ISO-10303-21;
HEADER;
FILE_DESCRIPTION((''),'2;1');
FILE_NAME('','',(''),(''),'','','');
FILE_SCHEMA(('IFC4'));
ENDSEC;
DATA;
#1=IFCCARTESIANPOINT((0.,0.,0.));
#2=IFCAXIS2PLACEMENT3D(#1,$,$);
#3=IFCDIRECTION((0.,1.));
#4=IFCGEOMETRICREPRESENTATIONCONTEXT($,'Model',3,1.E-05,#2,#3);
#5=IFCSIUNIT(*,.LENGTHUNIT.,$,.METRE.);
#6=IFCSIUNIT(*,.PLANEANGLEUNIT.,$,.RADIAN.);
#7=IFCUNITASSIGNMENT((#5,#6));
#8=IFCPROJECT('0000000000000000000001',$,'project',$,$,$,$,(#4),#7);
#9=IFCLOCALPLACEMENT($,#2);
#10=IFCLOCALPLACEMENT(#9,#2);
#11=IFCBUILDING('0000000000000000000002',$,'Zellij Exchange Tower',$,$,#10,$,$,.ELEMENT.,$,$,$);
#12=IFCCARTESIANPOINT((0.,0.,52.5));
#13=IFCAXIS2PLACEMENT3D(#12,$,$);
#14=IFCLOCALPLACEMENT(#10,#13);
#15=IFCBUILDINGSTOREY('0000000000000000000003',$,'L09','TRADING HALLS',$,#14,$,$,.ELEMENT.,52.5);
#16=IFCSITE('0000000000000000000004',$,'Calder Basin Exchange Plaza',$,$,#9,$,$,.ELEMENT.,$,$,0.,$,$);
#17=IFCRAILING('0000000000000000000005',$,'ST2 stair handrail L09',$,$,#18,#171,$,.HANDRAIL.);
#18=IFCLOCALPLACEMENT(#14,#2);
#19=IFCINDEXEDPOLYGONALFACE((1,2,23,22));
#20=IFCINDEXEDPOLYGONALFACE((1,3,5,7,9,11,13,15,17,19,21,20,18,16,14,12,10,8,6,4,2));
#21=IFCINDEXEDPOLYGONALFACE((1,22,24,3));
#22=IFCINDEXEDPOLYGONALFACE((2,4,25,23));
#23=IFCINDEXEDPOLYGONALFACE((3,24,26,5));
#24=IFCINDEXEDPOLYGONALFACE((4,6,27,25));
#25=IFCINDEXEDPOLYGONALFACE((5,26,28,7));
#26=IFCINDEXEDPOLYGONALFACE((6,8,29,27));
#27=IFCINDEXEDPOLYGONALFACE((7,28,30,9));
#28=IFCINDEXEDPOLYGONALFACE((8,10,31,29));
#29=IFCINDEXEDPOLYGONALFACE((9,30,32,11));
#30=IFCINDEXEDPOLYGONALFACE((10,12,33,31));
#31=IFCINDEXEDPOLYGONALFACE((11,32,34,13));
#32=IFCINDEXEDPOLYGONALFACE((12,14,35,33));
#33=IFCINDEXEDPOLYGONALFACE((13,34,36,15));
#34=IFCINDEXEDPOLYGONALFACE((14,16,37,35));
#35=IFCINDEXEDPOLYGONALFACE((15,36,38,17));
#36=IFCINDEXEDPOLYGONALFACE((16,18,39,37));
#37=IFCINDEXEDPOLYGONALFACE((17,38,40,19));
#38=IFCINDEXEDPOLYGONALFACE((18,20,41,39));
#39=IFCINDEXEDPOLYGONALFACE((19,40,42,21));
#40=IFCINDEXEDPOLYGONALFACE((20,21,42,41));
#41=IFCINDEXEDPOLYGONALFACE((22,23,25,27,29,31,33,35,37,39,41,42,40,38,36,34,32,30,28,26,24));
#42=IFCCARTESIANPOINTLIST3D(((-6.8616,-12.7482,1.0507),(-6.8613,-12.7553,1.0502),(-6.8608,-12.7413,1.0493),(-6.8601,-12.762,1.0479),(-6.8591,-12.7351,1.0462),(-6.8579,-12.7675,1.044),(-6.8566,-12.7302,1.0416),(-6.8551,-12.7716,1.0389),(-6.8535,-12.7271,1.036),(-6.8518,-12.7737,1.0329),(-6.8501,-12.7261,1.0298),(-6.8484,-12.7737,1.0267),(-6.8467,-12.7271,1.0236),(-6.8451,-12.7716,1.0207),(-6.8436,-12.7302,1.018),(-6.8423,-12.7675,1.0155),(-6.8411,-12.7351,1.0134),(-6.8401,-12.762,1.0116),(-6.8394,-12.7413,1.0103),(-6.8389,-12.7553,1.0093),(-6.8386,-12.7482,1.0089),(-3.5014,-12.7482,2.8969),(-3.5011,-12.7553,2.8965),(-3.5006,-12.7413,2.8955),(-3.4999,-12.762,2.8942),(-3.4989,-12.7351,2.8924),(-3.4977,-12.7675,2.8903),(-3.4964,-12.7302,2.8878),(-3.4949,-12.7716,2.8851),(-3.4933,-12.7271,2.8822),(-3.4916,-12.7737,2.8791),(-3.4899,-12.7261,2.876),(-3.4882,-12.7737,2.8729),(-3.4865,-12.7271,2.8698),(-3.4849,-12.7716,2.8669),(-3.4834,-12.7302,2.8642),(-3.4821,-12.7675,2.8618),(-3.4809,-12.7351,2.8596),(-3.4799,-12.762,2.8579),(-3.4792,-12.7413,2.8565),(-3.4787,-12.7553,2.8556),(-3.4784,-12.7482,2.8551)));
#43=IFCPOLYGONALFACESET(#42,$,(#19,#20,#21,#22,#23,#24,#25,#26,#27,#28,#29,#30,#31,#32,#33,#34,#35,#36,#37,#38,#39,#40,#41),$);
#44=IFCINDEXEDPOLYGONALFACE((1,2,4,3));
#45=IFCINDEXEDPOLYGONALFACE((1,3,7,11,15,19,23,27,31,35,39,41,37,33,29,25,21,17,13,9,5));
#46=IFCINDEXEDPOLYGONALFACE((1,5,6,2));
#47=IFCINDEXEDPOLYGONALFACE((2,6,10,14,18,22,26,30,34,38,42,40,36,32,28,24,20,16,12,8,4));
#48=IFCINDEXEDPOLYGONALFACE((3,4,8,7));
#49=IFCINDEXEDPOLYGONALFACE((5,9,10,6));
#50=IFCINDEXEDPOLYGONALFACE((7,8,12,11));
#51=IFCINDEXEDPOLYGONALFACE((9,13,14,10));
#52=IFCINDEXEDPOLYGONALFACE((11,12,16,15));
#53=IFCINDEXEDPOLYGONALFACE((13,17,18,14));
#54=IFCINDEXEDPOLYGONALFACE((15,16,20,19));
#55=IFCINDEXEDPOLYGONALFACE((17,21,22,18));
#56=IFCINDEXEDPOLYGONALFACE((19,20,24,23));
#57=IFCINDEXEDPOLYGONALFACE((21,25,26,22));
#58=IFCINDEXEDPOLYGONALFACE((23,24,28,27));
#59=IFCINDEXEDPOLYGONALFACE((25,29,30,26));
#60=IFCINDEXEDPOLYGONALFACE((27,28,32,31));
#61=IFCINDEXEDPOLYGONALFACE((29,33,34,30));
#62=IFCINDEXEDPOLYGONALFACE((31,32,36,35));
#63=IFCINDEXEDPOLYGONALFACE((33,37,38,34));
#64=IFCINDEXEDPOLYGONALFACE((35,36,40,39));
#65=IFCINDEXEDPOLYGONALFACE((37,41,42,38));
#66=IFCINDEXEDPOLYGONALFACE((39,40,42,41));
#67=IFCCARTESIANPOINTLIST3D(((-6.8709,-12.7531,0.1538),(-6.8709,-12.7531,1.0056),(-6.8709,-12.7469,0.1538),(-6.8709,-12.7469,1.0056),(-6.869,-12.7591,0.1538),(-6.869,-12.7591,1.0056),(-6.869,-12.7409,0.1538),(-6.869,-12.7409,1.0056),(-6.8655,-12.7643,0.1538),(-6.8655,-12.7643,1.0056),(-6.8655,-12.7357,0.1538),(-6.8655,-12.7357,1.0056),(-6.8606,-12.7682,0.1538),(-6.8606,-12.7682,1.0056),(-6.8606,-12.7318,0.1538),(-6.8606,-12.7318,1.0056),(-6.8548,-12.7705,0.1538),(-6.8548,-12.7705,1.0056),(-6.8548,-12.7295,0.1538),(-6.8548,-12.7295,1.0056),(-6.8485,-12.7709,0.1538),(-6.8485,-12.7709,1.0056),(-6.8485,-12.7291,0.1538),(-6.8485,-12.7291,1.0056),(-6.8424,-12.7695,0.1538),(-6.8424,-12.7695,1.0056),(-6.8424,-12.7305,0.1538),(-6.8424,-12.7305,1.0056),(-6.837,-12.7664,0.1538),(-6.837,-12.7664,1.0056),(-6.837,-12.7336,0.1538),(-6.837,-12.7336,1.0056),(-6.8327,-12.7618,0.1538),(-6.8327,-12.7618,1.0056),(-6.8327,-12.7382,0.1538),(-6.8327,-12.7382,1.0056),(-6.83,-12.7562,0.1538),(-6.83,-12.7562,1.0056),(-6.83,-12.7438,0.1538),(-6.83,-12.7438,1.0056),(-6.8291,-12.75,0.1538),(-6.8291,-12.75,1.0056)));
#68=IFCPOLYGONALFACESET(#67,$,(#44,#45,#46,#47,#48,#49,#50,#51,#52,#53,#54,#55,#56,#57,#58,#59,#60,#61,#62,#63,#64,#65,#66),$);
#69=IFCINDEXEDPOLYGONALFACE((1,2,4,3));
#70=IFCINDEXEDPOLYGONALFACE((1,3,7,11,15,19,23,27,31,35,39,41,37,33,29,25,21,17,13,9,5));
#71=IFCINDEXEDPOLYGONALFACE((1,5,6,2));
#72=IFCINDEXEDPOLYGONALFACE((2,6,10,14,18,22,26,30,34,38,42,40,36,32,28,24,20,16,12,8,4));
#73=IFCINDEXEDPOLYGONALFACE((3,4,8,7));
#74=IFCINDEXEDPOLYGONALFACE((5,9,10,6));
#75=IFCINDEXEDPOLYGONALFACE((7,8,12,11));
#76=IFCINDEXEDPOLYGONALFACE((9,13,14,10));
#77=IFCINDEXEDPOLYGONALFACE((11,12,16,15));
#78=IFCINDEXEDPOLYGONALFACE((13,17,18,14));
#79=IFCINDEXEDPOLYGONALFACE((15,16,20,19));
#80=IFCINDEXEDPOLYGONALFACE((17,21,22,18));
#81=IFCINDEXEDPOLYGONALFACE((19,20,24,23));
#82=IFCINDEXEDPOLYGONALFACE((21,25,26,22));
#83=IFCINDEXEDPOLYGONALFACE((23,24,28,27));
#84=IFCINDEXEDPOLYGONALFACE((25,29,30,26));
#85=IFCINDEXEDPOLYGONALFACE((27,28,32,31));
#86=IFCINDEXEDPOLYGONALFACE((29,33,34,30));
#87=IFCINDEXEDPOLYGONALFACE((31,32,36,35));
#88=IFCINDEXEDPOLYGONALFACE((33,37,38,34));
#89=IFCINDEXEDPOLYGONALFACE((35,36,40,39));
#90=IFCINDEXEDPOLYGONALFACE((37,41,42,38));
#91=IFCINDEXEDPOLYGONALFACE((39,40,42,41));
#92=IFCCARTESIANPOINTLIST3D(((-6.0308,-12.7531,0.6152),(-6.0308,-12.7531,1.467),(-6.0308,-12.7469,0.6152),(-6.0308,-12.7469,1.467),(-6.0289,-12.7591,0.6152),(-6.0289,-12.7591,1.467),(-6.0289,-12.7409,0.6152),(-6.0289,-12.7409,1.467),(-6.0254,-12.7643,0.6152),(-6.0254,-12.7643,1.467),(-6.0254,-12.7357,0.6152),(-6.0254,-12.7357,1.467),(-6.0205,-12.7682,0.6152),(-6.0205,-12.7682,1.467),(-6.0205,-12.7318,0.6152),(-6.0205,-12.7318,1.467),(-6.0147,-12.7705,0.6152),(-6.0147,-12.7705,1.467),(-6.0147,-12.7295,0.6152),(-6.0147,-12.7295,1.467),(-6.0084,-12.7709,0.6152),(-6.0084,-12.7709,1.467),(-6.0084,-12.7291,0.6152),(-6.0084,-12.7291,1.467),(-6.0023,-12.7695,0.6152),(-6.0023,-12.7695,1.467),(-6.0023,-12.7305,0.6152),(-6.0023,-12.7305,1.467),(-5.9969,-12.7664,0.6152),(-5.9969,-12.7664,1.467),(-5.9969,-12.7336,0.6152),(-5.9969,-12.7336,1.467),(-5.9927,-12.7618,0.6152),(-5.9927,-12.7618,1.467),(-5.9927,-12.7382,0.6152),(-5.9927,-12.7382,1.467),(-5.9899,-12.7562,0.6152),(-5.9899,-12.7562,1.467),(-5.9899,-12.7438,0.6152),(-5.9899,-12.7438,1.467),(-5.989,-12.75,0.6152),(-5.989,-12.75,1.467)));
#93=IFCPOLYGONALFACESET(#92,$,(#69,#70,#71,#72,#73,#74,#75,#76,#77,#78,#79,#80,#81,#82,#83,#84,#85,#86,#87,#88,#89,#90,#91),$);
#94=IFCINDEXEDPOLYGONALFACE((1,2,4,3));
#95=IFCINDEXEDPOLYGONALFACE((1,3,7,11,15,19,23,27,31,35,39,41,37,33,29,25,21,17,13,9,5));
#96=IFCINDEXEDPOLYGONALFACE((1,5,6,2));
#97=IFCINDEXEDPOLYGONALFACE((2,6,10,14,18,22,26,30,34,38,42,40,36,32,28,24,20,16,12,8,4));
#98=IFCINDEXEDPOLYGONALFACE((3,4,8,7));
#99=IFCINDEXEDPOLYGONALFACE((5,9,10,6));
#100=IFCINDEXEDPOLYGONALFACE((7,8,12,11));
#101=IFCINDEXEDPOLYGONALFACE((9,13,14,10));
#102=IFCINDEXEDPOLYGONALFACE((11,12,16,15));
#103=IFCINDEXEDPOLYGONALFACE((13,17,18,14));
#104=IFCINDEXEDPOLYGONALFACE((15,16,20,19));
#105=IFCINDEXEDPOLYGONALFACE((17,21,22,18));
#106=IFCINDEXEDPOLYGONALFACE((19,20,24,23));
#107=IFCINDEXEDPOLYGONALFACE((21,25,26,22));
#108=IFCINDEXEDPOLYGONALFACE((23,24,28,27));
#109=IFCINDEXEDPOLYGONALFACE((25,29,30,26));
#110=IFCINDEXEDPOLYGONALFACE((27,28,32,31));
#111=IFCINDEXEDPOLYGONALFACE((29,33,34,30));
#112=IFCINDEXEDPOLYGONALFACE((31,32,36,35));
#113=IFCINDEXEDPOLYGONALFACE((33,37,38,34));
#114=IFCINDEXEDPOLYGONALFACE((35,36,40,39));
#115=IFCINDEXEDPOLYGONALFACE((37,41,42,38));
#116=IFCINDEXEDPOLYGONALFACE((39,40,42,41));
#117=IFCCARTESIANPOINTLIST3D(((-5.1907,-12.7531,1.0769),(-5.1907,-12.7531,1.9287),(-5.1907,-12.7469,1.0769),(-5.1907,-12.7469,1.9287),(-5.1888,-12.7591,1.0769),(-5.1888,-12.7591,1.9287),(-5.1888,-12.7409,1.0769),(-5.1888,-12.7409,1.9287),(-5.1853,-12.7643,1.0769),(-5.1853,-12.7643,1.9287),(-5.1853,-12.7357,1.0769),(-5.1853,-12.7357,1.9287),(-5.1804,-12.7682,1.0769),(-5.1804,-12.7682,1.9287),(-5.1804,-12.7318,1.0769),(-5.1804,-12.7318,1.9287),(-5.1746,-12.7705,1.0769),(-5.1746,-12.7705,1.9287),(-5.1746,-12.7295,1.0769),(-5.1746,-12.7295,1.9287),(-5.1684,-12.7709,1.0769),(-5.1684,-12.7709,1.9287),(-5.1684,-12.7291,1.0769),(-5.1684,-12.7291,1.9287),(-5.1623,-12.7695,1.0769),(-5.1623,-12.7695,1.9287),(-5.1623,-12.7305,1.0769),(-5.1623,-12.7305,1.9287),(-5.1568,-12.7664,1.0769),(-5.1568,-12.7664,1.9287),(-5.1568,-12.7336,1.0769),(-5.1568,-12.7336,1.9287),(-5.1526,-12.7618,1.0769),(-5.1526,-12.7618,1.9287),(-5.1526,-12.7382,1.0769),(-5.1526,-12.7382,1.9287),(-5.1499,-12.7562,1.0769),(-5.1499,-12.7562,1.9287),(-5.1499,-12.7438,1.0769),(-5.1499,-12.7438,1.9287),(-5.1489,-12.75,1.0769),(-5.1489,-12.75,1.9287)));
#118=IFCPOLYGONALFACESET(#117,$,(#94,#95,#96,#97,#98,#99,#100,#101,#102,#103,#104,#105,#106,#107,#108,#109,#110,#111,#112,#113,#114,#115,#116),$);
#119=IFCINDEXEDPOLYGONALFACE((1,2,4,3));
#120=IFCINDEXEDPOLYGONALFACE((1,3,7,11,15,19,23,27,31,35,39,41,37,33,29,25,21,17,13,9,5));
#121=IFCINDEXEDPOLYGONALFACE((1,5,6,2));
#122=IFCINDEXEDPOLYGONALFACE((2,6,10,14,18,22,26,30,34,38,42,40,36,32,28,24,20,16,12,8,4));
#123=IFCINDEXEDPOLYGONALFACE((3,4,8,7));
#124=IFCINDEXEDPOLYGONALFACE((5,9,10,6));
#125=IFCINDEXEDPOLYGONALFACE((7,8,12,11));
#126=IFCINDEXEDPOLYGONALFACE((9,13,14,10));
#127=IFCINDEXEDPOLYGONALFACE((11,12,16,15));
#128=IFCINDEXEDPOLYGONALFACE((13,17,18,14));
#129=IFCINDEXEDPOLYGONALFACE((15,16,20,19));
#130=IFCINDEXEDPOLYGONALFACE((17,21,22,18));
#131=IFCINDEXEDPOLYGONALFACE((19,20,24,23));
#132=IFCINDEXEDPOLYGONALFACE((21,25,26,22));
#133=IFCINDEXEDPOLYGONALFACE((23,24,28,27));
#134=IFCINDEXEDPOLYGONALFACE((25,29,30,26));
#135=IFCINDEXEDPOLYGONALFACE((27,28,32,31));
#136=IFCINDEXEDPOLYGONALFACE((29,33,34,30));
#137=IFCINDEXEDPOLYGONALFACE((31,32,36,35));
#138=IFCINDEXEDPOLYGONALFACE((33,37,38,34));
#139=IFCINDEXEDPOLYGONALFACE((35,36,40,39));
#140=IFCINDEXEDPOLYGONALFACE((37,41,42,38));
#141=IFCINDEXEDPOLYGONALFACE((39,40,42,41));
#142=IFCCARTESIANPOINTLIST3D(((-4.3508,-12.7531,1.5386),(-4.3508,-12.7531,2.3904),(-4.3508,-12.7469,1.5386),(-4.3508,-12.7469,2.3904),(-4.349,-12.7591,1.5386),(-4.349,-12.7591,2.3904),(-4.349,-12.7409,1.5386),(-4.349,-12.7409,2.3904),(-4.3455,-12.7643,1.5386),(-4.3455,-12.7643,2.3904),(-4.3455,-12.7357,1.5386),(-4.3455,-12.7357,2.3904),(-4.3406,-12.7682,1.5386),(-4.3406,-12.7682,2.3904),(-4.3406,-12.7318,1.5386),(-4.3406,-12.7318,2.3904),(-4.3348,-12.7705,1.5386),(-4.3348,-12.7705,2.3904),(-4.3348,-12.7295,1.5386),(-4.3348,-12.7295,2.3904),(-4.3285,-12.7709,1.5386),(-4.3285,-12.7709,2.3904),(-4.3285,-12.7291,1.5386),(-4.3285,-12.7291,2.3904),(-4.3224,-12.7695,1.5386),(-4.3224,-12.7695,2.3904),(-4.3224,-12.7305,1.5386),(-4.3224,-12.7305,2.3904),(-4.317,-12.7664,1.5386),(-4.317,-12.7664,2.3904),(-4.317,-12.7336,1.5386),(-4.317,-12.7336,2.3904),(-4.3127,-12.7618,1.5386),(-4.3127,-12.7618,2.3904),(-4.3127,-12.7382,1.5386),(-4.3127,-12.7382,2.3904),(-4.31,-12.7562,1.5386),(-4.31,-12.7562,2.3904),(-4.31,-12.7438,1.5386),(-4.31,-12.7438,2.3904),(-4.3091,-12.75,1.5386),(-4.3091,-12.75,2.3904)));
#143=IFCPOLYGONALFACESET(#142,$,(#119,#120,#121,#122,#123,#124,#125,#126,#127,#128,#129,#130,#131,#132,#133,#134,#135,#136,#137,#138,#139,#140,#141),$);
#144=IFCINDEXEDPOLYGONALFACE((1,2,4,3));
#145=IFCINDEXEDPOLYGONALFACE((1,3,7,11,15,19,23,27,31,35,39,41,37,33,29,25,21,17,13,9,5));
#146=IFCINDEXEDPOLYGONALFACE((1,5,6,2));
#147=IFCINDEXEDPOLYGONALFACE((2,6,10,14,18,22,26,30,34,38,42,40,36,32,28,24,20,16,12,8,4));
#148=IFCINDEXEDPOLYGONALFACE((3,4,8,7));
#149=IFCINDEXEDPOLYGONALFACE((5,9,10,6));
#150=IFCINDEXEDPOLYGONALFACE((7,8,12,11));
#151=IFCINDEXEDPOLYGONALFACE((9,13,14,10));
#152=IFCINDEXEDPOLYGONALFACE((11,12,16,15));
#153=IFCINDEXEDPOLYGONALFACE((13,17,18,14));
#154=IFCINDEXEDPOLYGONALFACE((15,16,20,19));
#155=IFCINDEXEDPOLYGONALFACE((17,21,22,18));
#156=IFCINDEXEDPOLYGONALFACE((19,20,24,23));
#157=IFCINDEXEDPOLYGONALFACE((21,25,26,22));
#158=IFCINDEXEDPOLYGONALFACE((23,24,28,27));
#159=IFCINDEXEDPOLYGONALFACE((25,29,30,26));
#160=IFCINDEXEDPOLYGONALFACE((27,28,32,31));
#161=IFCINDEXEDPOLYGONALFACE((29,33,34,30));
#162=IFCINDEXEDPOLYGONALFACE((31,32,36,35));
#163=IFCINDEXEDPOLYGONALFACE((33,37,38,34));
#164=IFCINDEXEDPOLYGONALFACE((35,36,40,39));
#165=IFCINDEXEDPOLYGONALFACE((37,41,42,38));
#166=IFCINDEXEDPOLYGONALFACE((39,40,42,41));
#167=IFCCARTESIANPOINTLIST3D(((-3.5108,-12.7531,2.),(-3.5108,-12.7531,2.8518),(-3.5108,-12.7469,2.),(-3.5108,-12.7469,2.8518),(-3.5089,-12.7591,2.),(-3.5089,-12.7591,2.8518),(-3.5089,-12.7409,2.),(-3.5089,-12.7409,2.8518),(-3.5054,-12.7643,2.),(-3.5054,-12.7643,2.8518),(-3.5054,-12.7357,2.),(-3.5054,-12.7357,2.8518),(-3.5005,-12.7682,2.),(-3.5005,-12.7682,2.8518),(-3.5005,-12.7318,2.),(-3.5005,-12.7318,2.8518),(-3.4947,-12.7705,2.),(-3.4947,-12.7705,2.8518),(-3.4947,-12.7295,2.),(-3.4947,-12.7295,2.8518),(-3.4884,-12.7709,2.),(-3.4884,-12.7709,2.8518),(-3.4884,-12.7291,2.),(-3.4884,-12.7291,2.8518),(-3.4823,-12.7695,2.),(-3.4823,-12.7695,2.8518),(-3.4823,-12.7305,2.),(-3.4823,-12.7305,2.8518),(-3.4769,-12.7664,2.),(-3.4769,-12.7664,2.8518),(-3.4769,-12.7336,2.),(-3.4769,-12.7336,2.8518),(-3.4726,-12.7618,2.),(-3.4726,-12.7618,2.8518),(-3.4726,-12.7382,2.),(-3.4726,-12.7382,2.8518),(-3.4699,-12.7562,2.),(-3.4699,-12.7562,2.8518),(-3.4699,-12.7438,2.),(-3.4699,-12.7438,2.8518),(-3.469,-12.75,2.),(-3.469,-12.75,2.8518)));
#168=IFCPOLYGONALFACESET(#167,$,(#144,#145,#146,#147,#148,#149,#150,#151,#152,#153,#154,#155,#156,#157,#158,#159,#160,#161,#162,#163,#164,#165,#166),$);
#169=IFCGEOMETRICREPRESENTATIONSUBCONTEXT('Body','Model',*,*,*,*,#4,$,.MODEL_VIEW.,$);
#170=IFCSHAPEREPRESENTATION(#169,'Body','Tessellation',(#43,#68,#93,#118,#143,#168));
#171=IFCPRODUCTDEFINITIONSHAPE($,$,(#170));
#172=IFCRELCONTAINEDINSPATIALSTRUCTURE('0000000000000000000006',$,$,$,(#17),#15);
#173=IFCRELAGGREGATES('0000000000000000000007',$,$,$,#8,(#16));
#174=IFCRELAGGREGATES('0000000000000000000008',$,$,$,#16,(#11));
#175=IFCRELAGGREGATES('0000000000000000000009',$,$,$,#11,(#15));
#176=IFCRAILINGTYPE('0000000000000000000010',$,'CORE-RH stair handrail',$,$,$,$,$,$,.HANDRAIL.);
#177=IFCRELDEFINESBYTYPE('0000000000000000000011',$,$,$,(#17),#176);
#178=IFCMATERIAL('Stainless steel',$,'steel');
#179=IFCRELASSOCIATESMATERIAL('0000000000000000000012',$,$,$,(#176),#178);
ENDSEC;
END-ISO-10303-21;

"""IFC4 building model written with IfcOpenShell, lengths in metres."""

from ifc_helpers import new_model, si_unit, direction, frame, origin, origin_2d, place, context, subcontext, project, spatial, circle, extrude, material, type_object, element, save


model = new_model("IFC4")

# Units and contexts
model_context = context("Model", 3, precision=1e-05, world=origin(), true_north=direction((0.0, 1.0)))
body_context = subcontext(model_context, "Body", "Model", "MODEL_VIEW")
ifc_project = project(units=[si_unit("LENGTHUNIT", "METRE"), si_unit("PLANEANGLEUNIT", "RADIAN")], contexts=[model_context])

# Site, building, storey
site_placement = place(None, origin())
site = spatial("IfcSite", under=ifc_project, at=site_placement, Name="Calder Basin Exchange Plaza", CompositionType="ELEMENT", RefElevation=0.0)
building_placement = place(site_placement, origin())
building = spatial("IfcBuilding", under=site, at=building_placement, Name="Zellij Exchange Tower", CompositionType="ELEMENT")
storey_placement = place(building_placement, frame((0.0, 0.0, 52.5)))
storey = spatial("IfcBuildingStorey", under=building, at=storey_placement, Name="L09", Description="TRADING HALLS", CompositionType="ELEMENT", Elevation=52.5)

# Railing
ifc_material_1 = material(Name="Stainless steel", Category="steel")
railing_type_1 = type_object("IfcRailingType", Name="CORE-RH stair handrail", PredefinedType="HANDRAIL", material=ifc_material_1)
railing_1_placement = place(storey_placement, frame((-6.8501, -12.75, 0.1538)))
element("IfcRailing", 1, at=railing_1_placement, inside=storey, type_object=railing_type_1, Name="ST2 stair handrail L09", PredefinedType="HANDRAIL", context=body_context, shape_type="SweptSolid", body=[
    extrude(circle(Radius=0.0239, at=origin_2d()), frame((0.0, 0.0, 0.876), z_axis=(0.876422, 0.0, 0.481545), x_axis=(0.0, 1.0, 0.0)), (0.0, 0.0, 1.0), 3.834),
    extrude(circle(Radius=0.021, at=origin_2d()), origin(), (0.0, 0.0, 1.0), 0.8518),
    extrude(circle(Radius=0.021, at=origin_2d()), frame((0.8401, 0.0, 0.4614)), (0.0, 0.0, 1.0), 0.8518),
    extrude(circle(Radius=0.021, at=origin_2d()), frame((1.6802, 0.0, 0.9231)), (0.0, 0.0, 1.0), 0.8518),
    extrude(circle(Radius=0.021, at=origin_2d()), frame((2.52, 0.0, 1.3848)), (0.0, 0.0, 1.0), 0.8518),
    extrude(circle(Radius=0.021, at=origin_2d()), frame((3.3601, 0.0, 1.8462)), (0.0, 0.0, 1.0), 0.8518),
])

save(model, "model.ifc")
